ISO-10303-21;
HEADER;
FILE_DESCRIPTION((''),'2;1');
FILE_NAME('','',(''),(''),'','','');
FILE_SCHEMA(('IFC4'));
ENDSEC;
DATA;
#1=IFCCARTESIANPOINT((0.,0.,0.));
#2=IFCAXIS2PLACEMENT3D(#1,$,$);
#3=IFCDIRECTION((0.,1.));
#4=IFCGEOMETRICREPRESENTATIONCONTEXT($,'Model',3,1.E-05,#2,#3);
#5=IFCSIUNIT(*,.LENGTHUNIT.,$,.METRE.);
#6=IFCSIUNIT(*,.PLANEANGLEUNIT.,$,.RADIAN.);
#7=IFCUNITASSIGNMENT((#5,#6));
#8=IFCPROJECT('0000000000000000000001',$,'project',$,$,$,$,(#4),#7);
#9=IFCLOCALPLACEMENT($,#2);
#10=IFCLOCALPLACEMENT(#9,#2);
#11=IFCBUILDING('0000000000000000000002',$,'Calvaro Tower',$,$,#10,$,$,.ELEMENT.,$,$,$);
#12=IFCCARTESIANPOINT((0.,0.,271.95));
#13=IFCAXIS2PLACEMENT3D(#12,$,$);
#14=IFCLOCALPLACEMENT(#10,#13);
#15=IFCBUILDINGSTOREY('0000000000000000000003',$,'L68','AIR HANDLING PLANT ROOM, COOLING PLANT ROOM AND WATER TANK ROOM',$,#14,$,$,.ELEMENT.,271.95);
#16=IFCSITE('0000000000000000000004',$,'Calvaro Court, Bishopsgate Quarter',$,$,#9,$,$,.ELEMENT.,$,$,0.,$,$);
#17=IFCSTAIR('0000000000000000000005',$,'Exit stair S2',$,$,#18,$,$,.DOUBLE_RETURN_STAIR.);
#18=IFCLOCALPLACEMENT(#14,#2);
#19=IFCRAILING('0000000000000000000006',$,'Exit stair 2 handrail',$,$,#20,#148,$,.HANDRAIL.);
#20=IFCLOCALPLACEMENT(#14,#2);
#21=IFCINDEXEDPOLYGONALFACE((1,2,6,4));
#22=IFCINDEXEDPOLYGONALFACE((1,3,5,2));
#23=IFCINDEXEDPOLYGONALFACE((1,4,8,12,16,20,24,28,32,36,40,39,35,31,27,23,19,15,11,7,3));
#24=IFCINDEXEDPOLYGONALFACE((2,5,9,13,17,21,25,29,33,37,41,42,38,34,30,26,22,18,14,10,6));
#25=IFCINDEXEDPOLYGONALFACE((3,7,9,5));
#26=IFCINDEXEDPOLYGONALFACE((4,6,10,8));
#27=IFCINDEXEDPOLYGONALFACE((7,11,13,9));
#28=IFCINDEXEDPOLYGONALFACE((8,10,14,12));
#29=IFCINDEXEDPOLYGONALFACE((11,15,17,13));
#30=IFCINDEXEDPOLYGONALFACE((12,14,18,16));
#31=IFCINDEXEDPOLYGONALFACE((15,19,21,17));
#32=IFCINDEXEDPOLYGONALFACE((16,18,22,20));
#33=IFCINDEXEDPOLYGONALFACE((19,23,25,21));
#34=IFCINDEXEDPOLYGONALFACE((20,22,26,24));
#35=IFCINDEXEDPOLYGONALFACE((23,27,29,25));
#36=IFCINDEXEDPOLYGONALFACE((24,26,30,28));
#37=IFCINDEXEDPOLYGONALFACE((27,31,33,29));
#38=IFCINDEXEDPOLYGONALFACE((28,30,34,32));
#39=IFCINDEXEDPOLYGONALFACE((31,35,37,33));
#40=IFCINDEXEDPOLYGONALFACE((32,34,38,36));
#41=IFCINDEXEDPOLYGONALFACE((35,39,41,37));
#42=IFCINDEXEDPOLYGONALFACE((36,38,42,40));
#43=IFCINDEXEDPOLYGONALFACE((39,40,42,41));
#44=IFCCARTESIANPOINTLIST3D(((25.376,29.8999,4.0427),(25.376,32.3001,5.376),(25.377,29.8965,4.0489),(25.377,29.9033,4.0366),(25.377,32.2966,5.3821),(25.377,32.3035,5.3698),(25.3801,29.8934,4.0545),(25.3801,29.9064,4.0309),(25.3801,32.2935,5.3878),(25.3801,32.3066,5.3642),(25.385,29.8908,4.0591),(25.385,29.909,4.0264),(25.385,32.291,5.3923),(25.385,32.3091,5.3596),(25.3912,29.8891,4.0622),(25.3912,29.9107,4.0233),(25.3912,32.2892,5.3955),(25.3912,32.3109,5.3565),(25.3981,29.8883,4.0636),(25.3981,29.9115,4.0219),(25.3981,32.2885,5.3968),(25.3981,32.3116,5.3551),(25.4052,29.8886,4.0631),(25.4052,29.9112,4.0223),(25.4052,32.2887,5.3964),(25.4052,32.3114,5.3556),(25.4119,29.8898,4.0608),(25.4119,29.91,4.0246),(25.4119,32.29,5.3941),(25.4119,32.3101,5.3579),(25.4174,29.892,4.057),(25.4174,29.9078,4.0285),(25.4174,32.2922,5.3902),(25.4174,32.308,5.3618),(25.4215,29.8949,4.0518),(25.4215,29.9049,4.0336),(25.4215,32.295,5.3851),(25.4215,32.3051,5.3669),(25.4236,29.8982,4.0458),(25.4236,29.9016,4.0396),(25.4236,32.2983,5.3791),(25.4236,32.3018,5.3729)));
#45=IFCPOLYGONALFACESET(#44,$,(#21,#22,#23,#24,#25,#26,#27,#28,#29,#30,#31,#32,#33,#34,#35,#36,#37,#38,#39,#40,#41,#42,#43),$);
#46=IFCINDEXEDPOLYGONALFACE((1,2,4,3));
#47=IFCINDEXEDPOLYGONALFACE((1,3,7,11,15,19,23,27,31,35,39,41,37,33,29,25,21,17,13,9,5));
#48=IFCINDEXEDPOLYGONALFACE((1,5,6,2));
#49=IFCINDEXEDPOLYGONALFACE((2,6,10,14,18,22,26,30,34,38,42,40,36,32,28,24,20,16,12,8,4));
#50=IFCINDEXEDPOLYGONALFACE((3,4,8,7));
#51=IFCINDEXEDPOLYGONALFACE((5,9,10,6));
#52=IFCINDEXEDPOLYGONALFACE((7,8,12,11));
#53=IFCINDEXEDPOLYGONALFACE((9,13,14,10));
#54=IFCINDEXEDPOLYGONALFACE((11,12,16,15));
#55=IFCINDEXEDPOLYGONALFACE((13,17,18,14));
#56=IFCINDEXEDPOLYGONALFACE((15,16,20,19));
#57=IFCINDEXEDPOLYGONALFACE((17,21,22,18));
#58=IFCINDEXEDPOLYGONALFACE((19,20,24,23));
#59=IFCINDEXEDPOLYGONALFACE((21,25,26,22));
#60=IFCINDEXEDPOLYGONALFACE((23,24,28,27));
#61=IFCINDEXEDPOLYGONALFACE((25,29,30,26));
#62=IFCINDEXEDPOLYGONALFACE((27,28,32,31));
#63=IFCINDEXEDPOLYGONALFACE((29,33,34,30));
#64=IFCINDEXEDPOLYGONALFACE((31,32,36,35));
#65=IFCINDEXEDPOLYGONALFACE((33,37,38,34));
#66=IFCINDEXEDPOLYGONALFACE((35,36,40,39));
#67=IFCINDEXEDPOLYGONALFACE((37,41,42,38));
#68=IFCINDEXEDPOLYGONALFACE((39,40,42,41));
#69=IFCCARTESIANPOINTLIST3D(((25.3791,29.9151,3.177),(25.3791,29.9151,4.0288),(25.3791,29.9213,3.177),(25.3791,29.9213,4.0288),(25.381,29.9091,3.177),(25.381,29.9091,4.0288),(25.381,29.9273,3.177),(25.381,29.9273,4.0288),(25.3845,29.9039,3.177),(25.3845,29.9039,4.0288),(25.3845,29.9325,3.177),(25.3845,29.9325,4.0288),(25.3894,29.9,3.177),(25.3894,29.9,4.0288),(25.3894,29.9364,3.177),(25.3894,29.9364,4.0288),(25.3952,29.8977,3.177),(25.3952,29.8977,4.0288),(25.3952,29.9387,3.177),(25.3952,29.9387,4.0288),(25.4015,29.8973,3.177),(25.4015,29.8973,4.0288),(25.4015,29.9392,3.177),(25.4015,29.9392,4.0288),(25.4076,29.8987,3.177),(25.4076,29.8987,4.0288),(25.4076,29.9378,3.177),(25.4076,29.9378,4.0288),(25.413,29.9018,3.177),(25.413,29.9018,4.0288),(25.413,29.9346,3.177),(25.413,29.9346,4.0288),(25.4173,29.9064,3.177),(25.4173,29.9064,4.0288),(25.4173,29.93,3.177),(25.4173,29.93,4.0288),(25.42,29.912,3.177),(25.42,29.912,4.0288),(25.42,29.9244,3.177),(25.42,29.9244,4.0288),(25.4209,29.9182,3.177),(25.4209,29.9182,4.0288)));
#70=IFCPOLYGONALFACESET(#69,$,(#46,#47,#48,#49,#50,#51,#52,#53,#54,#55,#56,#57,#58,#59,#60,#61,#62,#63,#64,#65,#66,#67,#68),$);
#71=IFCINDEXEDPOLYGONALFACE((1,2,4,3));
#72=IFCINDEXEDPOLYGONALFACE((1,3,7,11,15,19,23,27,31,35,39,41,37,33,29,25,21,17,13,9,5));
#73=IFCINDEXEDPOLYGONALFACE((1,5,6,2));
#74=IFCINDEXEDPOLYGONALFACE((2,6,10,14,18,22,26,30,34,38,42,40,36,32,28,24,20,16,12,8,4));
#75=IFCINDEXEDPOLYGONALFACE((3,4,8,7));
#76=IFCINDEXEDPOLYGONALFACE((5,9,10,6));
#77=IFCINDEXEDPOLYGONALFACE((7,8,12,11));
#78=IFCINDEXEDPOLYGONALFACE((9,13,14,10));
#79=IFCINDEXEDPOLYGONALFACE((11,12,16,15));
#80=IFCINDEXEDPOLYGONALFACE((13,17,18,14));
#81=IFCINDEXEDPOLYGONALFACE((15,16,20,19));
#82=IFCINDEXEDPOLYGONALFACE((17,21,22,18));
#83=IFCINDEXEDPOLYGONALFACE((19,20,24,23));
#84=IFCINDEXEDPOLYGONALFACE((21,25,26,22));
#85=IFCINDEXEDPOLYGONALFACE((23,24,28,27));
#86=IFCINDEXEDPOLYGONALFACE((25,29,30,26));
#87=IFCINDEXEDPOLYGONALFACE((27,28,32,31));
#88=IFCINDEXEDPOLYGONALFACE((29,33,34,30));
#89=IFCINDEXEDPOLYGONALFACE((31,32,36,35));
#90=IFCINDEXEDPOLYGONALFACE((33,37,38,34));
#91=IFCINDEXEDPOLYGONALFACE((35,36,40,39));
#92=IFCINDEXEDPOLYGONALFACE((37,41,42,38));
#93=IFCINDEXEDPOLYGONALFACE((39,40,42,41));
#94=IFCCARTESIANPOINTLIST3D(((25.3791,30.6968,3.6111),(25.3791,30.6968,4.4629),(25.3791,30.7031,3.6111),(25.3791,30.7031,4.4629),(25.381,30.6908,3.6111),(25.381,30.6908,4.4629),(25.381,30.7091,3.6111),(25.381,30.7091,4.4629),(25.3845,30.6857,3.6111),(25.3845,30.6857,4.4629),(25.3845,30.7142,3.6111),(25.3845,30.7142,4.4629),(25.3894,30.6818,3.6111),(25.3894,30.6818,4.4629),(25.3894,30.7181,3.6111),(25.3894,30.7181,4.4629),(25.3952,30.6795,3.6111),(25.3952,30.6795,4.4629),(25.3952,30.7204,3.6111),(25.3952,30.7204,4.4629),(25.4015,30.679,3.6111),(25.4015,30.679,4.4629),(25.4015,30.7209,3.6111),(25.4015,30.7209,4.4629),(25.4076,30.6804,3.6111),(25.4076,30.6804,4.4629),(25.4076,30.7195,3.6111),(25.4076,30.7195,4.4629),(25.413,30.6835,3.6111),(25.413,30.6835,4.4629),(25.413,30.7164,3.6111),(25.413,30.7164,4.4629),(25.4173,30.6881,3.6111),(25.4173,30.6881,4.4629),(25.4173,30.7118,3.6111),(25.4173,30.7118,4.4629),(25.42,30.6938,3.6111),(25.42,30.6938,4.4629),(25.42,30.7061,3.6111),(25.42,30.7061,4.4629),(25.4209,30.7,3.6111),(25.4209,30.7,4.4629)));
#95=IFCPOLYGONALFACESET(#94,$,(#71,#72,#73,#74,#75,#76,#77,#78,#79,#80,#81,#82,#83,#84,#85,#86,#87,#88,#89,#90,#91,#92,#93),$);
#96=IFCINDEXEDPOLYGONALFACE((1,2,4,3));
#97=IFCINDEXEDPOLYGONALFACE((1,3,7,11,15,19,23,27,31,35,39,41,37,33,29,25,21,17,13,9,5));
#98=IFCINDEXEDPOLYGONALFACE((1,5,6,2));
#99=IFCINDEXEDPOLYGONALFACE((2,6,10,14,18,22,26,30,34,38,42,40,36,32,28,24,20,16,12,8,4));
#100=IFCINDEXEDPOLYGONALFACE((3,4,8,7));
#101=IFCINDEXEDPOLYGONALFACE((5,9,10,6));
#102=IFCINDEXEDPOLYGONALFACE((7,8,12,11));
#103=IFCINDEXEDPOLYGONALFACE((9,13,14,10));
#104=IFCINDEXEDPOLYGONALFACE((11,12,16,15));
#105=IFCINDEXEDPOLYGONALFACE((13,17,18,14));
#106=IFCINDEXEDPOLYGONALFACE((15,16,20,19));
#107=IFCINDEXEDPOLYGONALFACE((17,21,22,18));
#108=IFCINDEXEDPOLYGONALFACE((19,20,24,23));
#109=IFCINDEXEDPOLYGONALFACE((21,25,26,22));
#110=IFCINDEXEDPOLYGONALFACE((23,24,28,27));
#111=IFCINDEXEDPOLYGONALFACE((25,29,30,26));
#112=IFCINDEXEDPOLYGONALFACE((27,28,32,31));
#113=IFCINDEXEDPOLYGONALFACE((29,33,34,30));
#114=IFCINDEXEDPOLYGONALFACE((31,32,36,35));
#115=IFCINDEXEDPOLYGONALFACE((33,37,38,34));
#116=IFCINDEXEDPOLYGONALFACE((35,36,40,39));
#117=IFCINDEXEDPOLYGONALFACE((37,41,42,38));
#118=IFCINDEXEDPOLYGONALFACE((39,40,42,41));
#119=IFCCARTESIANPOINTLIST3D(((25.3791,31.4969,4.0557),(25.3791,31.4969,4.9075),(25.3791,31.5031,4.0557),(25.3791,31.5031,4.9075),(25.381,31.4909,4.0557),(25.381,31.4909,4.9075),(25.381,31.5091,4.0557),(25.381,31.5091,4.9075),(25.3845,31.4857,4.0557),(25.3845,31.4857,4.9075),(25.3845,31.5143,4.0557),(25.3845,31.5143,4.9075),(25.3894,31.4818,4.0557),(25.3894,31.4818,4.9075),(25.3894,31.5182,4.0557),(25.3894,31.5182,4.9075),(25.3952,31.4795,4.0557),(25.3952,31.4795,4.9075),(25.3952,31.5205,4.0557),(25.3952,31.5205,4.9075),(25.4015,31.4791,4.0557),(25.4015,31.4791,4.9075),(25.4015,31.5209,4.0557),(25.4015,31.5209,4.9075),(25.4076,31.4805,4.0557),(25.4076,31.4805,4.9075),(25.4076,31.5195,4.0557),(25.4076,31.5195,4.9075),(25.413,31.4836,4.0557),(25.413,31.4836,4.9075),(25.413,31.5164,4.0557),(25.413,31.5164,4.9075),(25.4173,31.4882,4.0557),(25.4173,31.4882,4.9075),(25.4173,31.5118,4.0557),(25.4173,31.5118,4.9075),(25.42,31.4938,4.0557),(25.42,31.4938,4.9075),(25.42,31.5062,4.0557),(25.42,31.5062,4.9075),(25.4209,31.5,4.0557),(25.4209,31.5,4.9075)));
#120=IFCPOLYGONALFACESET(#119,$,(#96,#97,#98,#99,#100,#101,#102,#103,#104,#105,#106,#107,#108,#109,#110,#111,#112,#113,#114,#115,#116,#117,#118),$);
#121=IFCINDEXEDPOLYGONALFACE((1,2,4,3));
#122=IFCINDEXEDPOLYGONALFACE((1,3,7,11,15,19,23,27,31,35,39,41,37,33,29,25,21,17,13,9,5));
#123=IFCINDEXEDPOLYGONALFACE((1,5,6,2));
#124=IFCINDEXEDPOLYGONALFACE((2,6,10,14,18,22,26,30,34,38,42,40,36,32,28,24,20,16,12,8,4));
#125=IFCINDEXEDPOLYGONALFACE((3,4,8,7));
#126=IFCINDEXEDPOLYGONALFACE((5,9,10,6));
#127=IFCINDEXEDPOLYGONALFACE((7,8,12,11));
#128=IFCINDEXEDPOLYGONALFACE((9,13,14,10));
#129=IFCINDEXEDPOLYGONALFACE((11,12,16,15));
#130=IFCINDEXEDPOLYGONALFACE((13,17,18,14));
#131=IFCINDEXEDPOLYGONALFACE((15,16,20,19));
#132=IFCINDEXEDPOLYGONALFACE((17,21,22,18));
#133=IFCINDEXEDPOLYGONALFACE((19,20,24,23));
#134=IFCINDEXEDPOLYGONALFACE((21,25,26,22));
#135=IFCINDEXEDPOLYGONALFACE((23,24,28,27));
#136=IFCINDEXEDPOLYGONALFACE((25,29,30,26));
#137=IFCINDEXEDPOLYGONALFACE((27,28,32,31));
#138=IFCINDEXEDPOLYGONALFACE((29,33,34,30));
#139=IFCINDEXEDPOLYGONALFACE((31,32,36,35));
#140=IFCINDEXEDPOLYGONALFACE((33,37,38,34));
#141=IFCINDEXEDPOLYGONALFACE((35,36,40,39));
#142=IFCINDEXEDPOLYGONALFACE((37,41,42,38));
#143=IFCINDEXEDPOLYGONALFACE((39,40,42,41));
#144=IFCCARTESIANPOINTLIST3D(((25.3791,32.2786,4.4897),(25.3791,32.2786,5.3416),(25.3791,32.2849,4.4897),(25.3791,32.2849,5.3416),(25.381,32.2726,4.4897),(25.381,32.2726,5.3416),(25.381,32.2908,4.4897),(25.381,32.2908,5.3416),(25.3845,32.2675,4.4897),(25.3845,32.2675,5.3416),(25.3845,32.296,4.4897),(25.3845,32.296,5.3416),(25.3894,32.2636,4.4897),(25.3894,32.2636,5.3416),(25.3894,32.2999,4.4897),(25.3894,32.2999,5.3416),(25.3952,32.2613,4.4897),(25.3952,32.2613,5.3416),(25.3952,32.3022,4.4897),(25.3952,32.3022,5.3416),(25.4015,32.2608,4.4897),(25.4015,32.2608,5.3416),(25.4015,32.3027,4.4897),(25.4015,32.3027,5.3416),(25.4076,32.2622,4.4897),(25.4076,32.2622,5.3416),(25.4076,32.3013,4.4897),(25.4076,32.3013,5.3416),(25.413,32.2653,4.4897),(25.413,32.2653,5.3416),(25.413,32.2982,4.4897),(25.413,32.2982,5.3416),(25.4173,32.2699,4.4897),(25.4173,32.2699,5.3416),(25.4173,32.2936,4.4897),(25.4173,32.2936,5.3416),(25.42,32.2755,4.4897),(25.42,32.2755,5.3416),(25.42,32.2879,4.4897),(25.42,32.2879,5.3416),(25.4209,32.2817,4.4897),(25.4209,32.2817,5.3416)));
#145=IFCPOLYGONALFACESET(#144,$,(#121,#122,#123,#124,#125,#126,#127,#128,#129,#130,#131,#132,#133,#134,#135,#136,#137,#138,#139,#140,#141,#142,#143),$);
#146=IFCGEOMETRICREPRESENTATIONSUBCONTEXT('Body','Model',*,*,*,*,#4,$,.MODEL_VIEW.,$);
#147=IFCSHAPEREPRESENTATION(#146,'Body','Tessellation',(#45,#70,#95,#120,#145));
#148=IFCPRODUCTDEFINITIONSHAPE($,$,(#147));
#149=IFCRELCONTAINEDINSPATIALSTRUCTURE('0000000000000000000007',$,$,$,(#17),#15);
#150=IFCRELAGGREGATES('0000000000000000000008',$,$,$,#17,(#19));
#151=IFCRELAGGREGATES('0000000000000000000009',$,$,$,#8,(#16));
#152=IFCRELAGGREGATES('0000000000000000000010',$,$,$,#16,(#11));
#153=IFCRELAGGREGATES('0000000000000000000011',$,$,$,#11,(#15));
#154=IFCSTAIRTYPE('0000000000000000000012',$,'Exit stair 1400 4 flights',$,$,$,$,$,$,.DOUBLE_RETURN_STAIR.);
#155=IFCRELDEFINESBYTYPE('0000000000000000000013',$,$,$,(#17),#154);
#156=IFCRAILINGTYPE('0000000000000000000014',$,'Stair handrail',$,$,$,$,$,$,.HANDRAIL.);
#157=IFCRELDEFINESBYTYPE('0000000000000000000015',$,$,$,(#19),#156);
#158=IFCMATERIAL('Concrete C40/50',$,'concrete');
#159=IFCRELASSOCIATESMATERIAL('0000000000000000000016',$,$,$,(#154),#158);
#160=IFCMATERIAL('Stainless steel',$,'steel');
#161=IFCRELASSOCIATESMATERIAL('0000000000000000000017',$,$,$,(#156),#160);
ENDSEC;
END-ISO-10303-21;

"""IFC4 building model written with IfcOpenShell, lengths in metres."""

from ifc_helpers import new_model, si_unit, direction, frame, origin, origin_2d, place, context, subcontext, project, spatial, circle, extrude, material, type_object, element, aggregate, save


model = new_model("IFC4")

# Units and contexts
model_context = context("Model", 3, precision=1e-05, world=origin(), true_north=direction((0.0, 1.0)))
body_context = subcontext(model_context, "Body", "Model", "MODEL_VIEW")
ifc_project = project(units=[si_unit("LENGTHUNIT", "METRE"), si_unit("PLANEANGLEUNIT", "RADIAN")], contexts=[model_context])

# Site, building, storey
site_placement = place(None, origin())
site = spatial("IfcSite", under=ifc_project, at=site_placement, Name="Calvaro Court, Bishopsgate Quarter", CompositionType="ELEMENT", RefElevation=0.0)
building_placement = place(site_placement, origin())
building = spatial("IfcBuilding", under=site, at=building_placement, Name="Calvaro Tower", CompositionType="ELEMENT")
storey_placement = place(building_placement, frame((0.0, 0.0, 271.95)))
storey = spatial("IfcBuildingStorey", under=building, at=storey_placement, Name="L68", Description="AIR HANDLING PLANT ROOM, COOLING PLANT ROOM AND WATER TANK ROOM", CompositionType="ELEMENT", Elevation=271.95)

# Stair
ifc_material_1 = material(Name="Concrete C40/50", Category="concrete")
stair_type = type_object("IfcStairType", Name="Exit stair 1400 4 flights", PredefinedType="DOUBLE_RETURN_STAIR", material=ifc_material_1)
stair_placement = place(storey_placement, origin())
stair = element("IfcStair", 1, at=stair_placement, inside=storey, type_object=stair_type, Name="Exit stair S2", PredefinedType="DOUBLE_RETURN_STAIR")

# Railing
ifc_material_2 = material(Name="Stainless steel", Category="steel")
railing_type = type_object("IfcRailingType", Name="Stair handrail", PredefinedType="HANDRAIL", material=ifc_material_2)
railing_1_placement = place(storey_placement, frame((25.3999, 29.8999, 3.1667)))
railing_1 = element("IfcRailing", 2, at=railing_1_placement, type_object=railing_type, Name="Exit stair 2 handrail", PredefinedType="HANDRAIL", context=body_context, shape_type="SweptSolid", body=[
    extrude(circle(Radius=0.0239, at=origin_2d()), frame((0.0, 0.0, 0.876), z_axis=(0.0, 0.874182, 0.485598), x_axis=(-1.0, 0.0, 0.0)), (0.0, 0.0, 1.0), 2.7456),
    extrude(circle(Radius=0.021, at=origin_2d()), frame((0.0, 0.0183, 0.0103)), (0.0, 0.0, 1.0), 0.8518),
    extrude(circle(Radius=0.021, at=origin_2d()), frame((0.0, 0.8, 0.4443)), (0.0, 0.0, 1.0), 0.8518),
    extrude(circle(Radius=0.021, at=origin_2d()), frame((0.0, 1.6001, 0.8889)), (0.0, 0.0, 1.0), 0.8518),
    extrude(circle(Radius=0.021, at=origin_2d()), frame((0.0, 2.3818, 1.323)), (0.0, 0.0, 1.0), 0.8518),
])
aggregate(stair, [railing_1])

save(model, "model.ifc")
